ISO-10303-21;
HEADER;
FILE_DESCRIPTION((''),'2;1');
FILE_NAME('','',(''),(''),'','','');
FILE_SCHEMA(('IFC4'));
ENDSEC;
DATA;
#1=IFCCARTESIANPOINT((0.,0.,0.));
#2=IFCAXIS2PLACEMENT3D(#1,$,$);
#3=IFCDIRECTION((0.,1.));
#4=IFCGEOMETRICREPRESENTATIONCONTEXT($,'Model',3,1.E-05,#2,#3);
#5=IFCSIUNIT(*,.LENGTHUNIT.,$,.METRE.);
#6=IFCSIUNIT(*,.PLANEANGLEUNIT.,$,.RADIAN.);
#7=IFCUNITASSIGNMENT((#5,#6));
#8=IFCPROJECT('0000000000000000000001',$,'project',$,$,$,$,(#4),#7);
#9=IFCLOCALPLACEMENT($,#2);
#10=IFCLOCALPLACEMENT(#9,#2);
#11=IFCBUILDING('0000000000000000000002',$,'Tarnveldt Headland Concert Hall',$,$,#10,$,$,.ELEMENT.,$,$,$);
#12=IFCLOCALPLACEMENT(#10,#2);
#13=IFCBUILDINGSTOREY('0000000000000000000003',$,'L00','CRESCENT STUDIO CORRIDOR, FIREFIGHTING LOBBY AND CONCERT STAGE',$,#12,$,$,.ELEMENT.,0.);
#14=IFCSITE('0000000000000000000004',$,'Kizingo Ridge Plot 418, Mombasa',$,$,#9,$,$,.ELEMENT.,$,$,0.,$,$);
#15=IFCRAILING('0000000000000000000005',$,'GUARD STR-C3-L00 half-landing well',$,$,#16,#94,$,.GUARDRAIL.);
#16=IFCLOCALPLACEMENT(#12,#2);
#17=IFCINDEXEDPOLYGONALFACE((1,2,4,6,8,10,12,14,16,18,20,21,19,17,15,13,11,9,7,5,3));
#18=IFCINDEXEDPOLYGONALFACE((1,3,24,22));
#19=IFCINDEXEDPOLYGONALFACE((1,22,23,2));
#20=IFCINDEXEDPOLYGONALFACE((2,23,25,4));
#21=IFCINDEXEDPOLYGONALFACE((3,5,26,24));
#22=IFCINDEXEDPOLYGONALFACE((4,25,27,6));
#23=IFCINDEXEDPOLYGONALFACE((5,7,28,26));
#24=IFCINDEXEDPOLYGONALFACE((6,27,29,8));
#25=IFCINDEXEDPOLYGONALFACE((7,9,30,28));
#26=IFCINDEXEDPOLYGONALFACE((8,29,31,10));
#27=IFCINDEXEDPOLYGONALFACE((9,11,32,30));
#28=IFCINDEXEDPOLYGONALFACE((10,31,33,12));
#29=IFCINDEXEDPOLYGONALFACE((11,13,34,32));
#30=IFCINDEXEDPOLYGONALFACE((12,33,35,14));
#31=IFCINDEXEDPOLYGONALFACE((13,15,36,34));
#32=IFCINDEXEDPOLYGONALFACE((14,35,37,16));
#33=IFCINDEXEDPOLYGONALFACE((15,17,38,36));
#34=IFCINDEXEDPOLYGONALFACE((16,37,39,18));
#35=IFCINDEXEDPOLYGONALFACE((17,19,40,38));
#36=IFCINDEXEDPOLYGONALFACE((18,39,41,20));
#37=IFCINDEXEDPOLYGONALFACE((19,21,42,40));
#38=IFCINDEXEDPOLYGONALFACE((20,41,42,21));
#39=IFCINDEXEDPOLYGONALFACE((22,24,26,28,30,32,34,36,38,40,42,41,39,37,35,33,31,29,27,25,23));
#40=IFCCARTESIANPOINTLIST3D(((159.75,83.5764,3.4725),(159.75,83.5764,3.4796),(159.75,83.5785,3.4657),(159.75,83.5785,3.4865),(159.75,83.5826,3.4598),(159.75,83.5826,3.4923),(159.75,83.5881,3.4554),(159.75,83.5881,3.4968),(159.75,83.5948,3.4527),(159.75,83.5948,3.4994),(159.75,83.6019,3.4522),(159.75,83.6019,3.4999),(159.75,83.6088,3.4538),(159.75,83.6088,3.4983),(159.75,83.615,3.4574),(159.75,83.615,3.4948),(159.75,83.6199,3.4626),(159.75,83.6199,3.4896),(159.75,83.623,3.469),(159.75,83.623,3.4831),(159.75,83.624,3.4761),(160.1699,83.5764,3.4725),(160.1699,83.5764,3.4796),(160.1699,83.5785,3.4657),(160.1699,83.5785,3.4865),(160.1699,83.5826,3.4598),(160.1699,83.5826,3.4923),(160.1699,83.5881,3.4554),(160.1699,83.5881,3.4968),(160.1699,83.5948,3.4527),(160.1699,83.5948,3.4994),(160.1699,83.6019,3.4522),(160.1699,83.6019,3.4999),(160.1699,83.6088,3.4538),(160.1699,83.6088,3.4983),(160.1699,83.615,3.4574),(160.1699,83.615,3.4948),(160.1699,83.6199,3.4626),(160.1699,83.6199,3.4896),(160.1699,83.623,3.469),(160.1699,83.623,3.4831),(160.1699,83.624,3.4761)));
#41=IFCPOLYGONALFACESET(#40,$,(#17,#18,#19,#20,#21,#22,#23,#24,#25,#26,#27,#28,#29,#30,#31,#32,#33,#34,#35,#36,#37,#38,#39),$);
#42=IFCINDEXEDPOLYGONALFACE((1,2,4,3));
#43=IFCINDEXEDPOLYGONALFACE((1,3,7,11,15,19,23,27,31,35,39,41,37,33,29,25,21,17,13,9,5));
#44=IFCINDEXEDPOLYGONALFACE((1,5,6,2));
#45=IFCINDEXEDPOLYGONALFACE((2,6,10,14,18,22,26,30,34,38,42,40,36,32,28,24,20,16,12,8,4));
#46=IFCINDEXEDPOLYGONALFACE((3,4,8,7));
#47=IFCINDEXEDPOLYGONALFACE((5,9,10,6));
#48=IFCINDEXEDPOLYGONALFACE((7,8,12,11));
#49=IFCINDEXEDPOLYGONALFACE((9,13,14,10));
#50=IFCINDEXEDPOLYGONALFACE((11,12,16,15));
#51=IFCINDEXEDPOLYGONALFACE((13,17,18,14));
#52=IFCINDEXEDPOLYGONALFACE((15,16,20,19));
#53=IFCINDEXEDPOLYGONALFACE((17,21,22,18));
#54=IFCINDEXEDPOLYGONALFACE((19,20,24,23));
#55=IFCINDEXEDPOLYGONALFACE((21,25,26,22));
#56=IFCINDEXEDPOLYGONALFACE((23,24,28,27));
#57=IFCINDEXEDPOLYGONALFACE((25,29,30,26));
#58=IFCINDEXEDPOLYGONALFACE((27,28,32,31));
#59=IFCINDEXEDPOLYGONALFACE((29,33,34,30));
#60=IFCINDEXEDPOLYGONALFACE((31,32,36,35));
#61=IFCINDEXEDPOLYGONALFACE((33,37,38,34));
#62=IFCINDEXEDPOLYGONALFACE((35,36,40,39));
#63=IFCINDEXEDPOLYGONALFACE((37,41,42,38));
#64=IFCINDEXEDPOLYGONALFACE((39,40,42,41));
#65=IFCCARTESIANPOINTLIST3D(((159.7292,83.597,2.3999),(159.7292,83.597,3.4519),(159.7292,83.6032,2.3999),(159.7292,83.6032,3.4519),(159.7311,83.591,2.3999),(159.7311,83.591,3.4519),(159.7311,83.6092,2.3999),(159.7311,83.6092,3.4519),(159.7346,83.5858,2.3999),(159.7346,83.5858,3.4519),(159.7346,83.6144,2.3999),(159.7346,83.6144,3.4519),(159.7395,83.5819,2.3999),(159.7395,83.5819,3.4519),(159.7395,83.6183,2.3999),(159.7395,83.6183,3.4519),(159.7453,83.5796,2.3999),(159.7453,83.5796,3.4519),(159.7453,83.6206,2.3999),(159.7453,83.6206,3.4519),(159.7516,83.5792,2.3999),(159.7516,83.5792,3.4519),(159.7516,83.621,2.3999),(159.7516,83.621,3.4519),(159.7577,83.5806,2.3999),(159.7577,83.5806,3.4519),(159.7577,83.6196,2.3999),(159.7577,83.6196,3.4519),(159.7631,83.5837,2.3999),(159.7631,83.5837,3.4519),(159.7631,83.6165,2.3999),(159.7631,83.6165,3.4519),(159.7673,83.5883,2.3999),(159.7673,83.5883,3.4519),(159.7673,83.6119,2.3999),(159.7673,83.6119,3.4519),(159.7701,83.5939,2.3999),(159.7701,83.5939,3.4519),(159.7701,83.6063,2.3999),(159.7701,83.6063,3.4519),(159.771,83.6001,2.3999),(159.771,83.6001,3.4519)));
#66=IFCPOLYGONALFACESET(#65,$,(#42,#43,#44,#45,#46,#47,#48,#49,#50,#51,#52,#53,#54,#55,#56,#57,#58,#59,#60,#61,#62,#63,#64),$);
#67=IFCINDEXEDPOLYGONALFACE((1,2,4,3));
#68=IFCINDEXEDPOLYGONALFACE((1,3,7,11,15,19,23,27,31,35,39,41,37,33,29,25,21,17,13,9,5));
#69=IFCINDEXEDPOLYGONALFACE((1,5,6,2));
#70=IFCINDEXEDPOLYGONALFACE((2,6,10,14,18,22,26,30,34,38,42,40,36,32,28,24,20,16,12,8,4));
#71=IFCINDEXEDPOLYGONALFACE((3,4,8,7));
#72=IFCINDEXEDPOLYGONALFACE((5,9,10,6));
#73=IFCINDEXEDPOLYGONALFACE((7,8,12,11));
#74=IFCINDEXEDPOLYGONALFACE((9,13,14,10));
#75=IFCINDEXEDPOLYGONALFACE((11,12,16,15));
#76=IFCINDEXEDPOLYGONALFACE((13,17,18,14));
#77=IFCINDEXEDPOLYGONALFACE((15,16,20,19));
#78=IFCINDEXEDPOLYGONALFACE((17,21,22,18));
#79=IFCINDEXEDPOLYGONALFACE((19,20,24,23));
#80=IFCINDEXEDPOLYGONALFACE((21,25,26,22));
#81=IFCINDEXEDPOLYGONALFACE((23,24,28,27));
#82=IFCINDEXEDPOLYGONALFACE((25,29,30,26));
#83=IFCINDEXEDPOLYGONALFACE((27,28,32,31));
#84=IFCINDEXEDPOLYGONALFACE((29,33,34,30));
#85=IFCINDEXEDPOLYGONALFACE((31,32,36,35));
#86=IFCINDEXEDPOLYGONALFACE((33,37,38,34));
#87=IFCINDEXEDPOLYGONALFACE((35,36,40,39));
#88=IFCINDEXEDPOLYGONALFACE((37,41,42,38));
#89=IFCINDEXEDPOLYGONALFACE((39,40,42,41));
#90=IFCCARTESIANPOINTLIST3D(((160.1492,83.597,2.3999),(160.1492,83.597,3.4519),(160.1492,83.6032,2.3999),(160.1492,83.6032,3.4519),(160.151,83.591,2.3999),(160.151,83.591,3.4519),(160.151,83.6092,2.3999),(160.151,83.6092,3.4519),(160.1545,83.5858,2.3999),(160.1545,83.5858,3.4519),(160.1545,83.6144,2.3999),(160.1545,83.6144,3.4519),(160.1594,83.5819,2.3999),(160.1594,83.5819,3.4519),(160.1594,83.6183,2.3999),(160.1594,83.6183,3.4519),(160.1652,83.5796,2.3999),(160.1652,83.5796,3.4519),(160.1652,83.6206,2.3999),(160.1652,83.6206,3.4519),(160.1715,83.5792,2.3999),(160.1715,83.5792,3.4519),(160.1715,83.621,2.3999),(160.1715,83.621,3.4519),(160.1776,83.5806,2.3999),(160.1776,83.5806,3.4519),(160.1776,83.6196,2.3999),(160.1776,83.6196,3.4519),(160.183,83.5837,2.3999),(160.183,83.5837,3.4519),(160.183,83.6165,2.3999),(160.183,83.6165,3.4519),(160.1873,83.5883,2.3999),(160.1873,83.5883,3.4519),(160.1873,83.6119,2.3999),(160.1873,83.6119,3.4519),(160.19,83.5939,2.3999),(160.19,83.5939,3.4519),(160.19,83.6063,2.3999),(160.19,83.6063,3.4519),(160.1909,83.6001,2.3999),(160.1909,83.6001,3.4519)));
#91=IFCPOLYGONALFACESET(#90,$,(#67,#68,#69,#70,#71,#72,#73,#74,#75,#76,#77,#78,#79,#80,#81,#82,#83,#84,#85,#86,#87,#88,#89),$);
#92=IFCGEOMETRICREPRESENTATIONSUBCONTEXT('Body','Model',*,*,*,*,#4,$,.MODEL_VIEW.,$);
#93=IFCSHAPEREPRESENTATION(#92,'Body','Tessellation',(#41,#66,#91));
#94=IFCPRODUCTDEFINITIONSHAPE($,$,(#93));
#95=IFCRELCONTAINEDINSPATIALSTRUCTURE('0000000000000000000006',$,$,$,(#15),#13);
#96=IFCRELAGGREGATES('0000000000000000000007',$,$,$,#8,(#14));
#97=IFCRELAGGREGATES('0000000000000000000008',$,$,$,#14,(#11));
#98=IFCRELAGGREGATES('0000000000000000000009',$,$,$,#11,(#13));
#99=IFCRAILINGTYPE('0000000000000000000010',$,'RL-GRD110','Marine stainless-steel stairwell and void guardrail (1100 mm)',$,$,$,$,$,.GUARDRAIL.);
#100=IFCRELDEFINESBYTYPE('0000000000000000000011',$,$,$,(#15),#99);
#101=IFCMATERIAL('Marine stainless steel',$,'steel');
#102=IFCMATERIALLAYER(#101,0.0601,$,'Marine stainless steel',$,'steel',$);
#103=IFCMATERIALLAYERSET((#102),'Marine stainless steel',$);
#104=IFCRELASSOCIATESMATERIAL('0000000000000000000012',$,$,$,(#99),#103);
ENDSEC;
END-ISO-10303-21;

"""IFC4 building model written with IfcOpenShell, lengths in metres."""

from ifc_helpers import new_model, si_unit, direction, frame, origin, origin_2d, place, context, subcontext, project, spatial, circle, extrude, material, layer, layer_set, type_object, element, save


model = new_model("IFC4")

# Units and contexts
model_context = context("Model", 3, precision=1e-05, world=origin(), true_north=direction((0.0, 1.0)))
body_context = subcontext(model_context, "Body", "Model", "MODEL_VIEW")
ifc_project = project(units=[si_unit("LENGTHUNIT", "METRE"), si_unit("PLANEANGLEUNIT", "RADIAN")], contexts=[model_context])

# Site, building, storey
site_placement = place(None, origin())
site = spatial("IfcSite", under=ifc_project, at=site_placement, Name="Kizingo Ridge Plot 418, Mombasa", CompositionType="ELEMENT", RefElevation=0.0)
building_placement = place(site_placement, origin())
building = spatial("IfcBuilding", under=site, at=building_placement, Name="Tarnveldt Headland Concert Hall", CompositionType="ELEMENT")
storey_placement = place(building_placement, origin())
storey = spatial("IfcBuildingStorey", under=building, at=storey_placement, Name="L00", Description="CRESCENT STUDIO CORRIDOR, FIREFIGHTING LOBBY AND CONCERT STAGE", CompositionType="ELEMENT", Elevation=0.0)

# Railing
ifc_material_1 = material(Name="Marine stainless steel", Category="steel")
ifc_layer_1 = layer(ifc_material_1, 0.0601, Name="Marine stainless steel", Category="steel")
ifc_layer_set_1 = layer_set([ifc_layer_1], Name="Marine stainless steel")
railing_type_1 = type_object("IfcRailingType", Name="RL-GRD110", Description="Marine stainless-steel stairwell and void guardrail (1100 mm)", PredefinedType="GUARDRAIL", material=ifc_layer_set_1)
railing_1_placement = place(storey_placement, frame((159.75, 83.6001, 2.3999)))
element("IfcRailing", 1, at=railing_1_placement, inside=storey, type_object=railing_type_1, Name="GUARD STR-C3-L00 half-landing well", PredefinedType="GUARDRAIL", context=body_context, shape_type="SweptSolid", body=[
    extrude(circle(Radius=0.0239, at=origin_2d()), frame((0.0, 0.0, 1.0762), z_axis=(1.0, 0.0, 0.0), x_axis=(0.0, 1.0, 0.0)), (0.0, 0.0, 1.0), 0.4199),
    extrude(circle(Radius=0.021, at=origin_2d()), origin(), (0.0, 0.0, 1.0), 1.052),
    extrude(circle(Radius=0.021, at=origin_2d()), frame((0.4199, 0.0, 0.0)), (0.0, 0.0, 1.0), 1.052),
])

save(model, "model.ifc")
